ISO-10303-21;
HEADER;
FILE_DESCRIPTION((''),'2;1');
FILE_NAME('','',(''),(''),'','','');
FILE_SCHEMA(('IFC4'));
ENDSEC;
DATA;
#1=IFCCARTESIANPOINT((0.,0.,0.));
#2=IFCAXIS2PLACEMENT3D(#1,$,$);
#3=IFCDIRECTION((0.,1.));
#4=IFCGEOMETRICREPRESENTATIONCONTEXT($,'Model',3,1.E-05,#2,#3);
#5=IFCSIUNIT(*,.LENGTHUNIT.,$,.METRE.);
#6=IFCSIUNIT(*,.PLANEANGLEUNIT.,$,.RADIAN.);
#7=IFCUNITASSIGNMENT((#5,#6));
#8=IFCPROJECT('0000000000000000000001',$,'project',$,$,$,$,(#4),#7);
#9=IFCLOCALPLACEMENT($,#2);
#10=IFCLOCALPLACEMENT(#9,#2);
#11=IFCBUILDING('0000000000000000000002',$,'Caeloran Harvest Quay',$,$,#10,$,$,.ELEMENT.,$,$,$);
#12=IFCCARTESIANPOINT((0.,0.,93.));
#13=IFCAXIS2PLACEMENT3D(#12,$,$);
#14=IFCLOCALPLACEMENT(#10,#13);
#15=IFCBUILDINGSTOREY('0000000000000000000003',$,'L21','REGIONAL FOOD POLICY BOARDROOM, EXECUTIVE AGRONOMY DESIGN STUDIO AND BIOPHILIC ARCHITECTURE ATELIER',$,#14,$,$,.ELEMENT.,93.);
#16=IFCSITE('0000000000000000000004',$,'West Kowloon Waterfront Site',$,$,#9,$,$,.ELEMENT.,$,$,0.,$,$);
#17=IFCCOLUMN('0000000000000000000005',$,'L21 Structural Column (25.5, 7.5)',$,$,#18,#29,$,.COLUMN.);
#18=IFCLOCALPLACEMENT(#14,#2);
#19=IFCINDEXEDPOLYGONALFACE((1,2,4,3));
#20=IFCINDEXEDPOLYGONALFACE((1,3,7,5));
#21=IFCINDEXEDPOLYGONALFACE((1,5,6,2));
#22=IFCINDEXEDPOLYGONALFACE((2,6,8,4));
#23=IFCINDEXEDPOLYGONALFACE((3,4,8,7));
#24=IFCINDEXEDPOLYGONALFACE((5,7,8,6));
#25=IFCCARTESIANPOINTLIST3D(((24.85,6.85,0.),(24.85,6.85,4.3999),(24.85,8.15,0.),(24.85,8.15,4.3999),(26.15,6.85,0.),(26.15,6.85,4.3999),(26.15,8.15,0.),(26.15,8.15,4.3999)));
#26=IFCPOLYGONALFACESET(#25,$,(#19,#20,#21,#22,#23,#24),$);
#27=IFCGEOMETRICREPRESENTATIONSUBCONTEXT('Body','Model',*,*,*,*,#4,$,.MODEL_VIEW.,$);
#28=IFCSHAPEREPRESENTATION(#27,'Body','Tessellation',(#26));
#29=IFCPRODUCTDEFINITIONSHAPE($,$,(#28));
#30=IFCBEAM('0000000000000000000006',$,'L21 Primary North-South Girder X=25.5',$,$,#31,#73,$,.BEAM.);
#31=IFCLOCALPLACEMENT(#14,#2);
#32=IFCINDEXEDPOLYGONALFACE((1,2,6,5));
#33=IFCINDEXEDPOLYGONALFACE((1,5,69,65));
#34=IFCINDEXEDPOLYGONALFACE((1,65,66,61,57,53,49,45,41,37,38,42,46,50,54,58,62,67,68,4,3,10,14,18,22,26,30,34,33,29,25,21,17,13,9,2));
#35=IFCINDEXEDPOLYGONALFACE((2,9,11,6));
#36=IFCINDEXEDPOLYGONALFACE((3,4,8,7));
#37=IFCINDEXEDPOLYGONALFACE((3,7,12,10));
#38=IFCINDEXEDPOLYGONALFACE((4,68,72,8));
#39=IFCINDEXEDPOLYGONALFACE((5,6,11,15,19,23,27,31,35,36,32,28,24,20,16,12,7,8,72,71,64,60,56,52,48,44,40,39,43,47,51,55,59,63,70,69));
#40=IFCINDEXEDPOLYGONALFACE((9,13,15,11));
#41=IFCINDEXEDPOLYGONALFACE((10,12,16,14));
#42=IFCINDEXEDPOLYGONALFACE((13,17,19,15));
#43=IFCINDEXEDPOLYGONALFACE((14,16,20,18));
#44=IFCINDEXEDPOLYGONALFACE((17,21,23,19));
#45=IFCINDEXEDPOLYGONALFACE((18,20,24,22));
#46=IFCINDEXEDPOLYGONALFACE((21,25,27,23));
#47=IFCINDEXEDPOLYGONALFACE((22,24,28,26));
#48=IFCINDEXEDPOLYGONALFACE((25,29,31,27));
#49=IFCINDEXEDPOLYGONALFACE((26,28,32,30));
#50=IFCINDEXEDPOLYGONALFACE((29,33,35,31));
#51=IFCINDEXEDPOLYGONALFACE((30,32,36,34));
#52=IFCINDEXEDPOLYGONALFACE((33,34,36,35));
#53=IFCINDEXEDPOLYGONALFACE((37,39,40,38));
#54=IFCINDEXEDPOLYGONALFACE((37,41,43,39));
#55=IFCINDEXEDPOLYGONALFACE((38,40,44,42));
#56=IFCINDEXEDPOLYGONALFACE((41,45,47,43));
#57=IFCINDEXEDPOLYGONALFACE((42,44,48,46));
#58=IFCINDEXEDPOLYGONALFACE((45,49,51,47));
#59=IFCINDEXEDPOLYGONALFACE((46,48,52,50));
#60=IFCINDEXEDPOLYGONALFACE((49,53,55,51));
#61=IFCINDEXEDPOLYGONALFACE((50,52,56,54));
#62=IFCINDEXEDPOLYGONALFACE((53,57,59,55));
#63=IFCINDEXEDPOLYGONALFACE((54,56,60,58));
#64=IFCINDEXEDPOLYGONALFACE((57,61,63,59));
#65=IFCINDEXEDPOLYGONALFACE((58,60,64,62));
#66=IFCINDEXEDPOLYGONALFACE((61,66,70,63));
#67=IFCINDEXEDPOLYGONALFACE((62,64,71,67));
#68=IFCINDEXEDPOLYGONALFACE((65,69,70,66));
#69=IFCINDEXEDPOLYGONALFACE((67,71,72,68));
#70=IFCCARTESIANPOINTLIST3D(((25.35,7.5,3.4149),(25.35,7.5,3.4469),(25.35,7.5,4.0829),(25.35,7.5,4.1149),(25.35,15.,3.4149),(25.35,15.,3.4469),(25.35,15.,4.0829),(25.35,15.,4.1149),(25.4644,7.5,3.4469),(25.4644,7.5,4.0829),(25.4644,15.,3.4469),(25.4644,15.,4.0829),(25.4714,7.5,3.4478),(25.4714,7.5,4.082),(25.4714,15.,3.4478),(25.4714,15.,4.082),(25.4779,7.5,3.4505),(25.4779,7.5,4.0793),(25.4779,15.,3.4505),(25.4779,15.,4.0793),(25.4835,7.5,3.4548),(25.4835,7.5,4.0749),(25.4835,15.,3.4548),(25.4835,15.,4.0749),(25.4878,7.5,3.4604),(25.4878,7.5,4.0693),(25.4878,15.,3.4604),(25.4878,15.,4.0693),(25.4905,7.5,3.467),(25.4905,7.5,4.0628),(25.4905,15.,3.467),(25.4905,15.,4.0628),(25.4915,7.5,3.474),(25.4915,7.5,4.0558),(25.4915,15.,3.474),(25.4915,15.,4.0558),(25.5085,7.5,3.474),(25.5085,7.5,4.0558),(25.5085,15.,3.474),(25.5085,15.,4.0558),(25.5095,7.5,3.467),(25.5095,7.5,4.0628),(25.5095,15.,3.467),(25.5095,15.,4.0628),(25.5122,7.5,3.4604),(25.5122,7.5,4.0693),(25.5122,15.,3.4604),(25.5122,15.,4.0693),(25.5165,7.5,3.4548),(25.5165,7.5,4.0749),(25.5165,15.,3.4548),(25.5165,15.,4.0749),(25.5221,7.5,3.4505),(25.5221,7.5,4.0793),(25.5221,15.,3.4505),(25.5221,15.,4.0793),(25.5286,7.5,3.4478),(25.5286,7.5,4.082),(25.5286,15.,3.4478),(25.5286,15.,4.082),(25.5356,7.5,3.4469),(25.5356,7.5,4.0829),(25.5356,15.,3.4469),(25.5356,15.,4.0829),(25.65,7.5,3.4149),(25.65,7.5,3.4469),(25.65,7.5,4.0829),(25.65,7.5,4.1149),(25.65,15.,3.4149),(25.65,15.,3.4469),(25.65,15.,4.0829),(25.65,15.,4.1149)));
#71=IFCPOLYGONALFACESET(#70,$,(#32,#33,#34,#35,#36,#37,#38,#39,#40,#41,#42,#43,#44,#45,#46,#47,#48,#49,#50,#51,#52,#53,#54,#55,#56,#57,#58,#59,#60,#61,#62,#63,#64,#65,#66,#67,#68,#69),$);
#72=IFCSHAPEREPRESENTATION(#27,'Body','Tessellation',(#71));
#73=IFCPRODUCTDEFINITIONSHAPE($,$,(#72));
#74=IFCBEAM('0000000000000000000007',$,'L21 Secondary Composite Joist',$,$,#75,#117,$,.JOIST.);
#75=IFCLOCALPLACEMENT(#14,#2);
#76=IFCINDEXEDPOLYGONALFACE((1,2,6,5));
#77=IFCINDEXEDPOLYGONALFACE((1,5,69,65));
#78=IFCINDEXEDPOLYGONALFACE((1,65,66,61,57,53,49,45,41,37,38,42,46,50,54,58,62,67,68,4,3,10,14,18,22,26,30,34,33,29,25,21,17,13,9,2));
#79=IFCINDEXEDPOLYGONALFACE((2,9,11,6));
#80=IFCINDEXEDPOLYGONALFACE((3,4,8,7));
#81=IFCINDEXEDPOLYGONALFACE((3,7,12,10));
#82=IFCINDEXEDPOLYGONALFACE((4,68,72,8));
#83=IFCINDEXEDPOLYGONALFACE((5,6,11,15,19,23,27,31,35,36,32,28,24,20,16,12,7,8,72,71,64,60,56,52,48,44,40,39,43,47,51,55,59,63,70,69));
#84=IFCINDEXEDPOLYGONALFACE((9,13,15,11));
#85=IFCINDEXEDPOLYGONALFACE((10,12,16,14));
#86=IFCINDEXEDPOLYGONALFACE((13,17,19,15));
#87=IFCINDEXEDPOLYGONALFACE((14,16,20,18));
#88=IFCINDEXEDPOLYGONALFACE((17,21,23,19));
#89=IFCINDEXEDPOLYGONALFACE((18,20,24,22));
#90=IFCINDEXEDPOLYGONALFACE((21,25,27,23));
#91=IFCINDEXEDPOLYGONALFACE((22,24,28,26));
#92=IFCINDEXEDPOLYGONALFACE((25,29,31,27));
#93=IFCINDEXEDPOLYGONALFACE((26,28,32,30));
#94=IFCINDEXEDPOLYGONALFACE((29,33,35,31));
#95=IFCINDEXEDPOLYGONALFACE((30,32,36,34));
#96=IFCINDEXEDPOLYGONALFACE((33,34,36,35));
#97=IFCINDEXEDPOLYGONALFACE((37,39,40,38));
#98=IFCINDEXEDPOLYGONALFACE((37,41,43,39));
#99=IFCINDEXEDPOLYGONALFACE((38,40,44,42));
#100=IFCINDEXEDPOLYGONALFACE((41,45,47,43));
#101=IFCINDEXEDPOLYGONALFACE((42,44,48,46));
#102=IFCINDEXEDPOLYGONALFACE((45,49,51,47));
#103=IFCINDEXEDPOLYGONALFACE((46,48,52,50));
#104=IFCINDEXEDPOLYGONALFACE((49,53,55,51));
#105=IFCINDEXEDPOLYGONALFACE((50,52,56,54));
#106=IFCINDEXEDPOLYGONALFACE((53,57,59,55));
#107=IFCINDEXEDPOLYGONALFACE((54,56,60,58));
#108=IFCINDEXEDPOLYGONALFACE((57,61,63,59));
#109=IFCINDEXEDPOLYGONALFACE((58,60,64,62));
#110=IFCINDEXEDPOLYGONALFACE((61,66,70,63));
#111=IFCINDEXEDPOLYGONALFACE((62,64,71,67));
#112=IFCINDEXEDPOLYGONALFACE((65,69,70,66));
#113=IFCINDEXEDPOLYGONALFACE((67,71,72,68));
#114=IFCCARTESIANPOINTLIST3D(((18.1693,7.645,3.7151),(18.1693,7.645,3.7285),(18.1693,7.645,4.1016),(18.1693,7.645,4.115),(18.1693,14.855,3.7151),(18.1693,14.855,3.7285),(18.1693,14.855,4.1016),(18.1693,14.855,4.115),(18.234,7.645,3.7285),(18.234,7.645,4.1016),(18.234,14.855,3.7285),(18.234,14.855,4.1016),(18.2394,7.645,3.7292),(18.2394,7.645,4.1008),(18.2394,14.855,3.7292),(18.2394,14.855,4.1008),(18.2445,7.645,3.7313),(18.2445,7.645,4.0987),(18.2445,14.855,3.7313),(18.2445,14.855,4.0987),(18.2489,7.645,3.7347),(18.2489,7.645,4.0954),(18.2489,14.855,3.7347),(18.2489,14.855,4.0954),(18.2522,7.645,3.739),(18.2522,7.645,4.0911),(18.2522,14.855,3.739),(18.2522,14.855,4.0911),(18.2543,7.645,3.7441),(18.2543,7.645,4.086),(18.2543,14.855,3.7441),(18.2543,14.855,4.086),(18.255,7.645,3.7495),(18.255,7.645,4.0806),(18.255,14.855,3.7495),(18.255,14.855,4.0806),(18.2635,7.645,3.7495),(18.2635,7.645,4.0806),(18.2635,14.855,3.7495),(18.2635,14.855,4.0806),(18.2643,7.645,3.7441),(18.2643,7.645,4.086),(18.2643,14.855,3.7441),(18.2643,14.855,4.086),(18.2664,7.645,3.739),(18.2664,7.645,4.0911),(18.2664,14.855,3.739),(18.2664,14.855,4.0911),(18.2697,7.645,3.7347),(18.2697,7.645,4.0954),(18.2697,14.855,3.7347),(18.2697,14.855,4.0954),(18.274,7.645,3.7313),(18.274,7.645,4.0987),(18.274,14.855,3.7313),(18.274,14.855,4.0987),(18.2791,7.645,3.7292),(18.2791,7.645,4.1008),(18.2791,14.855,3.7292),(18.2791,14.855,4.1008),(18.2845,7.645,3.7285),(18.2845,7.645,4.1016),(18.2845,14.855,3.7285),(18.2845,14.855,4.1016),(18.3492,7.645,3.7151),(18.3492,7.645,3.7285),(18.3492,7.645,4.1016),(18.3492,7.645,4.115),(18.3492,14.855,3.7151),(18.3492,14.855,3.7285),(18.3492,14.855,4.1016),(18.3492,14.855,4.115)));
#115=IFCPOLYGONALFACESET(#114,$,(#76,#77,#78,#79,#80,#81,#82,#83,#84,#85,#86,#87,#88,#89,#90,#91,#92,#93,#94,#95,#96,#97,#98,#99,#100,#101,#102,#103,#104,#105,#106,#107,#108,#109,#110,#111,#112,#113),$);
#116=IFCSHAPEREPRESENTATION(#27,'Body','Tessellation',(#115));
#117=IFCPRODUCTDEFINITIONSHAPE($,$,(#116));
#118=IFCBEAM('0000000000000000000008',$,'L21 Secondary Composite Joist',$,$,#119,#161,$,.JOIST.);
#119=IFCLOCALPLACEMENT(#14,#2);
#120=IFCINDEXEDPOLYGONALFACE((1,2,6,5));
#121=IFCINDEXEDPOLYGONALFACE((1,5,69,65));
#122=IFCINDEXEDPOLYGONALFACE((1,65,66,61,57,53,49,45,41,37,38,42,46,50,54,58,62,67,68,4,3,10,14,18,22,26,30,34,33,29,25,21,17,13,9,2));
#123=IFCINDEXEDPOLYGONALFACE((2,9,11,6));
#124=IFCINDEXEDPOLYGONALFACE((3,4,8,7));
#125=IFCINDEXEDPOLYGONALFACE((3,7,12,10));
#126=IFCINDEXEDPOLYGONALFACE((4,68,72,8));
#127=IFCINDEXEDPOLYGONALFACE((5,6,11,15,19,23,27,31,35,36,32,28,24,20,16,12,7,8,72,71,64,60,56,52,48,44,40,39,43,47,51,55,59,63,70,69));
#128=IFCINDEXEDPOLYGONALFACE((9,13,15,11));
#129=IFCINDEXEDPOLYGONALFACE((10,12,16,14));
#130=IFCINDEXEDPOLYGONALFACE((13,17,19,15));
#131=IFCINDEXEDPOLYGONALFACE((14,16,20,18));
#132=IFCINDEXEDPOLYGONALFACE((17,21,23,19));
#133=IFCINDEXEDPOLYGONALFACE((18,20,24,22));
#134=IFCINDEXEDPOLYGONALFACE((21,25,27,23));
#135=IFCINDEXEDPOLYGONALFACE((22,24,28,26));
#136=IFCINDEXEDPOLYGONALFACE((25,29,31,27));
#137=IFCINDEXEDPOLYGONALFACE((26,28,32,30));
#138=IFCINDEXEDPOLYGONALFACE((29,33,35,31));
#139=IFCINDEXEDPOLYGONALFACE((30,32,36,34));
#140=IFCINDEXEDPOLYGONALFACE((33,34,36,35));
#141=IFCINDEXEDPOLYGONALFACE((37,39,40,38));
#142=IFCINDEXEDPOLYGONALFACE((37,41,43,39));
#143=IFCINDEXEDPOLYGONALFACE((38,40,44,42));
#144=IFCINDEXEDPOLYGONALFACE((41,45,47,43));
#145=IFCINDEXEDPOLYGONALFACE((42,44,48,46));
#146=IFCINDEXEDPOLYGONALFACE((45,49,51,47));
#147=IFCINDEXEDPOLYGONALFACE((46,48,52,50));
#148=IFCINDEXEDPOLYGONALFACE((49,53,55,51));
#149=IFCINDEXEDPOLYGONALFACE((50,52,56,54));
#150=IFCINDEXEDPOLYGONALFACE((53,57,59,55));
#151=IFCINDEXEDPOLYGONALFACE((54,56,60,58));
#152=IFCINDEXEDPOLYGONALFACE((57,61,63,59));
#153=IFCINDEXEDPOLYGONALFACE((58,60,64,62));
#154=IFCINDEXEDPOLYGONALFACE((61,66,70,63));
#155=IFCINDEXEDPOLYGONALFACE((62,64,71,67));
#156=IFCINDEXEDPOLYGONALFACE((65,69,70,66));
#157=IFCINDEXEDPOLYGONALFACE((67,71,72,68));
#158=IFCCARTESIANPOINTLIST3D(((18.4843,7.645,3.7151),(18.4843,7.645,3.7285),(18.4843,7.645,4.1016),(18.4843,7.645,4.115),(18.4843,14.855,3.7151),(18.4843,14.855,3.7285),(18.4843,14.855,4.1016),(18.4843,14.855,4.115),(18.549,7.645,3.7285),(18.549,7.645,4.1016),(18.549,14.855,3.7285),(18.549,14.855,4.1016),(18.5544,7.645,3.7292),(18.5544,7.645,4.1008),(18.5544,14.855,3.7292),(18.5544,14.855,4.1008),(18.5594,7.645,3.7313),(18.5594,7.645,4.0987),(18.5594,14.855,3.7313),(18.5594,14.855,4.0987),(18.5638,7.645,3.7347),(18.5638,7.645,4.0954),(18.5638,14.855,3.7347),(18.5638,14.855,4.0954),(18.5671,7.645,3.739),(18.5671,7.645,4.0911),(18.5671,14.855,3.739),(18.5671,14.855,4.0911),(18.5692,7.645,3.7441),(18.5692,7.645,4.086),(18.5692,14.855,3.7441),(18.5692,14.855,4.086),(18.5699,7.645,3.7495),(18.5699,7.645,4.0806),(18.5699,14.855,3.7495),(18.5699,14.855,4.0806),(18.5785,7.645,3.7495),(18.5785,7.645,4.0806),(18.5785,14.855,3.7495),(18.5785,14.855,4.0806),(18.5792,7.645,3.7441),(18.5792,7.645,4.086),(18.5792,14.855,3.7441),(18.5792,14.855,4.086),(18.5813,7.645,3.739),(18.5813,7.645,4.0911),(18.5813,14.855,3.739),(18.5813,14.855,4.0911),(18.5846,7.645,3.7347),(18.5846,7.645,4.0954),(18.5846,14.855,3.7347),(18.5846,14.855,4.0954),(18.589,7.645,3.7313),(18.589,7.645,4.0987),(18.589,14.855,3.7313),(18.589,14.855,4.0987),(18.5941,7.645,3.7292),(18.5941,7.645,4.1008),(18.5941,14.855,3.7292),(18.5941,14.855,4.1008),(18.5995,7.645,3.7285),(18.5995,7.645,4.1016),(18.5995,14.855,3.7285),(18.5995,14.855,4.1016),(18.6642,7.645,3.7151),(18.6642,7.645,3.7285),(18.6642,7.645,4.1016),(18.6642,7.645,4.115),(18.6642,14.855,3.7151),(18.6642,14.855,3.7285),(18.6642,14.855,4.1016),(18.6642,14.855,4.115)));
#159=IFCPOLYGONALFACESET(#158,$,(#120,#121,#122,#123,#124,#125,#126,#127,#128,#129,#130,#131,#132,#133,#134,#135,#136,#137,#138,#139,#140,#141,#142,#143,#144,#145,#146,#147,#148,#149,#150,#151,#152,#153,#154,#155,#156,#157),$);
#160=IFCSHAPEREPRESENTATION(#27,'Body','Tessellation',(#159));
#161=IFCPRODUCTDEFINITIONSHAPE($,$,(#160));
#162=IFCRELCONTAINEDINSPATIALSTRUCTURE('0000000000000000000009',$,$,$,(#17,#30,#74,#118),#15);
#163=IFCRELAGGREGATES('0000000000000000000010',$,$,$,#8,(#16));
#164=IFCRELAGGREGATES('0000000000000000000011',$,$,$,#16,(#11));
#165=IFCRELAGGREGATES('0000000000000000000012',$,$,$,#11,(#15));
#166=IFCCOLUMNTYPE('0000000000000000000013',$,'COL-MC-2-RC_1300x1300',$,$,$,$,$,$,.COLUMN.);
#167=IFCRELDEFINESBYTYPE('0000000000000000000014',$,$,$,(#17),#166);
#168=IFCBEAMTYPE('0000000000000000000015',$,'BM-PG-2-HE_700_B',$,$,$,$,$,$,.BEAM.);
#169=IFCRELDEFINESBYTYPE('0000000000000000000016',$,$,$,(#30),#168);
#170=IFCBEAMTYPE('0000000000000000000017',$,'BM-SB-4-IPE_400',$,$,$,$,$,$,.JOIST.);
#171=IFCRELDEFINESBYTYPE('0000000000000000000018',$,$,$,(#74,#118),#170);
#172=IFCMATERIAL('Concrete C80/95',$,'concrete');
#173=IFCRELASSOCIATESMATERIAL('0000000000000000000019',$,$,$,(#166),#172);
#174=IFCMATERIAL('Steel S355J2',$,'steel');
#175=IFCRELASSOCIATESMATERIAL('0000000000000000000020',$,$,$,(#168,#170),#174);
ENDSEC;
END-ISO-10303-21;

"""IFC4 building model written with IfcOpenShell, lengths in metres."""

from ifc_helpers import new_model, si_unit, direction, frame, origin, origin_2d, place, context, subcontext, project, spatial, rectangle, i_section, extrude, material, material_profile, profile_set, type_object, element, save


model = new_model("IFC4")

# Units and contexts
model_context = context("Model", 3, precision=1e-05, world=origin(), true_north=direction((0.0, 1.0)))
body_context = subcontext(model_context, "Body", "Model", "MODEL_VIEW")
ifc_project = project(units=[si_unit("LENGTHUNIT", "METRE"), si_unit("PLANEANGLEUNIT", "RADIAN")], contexts=[model_context])

# Site, building, storey
site_placement = place(None, origin())
site = spatial("IfcSite", under=ifc_project, at=site_placement, Name="West Kowloon Waterfront Site", CompositionType="ELEMENT", RefElevation=0.0)
building_placement = place(site_placement, origin())
building = spatial("IfcBuilding", under=site, at=building_placement, Name="Caeloran Harvest Quay", CompositionType="ELEMENT")
storey_placement = place(building_placement, frame((0.0, 0.0, 93.0)))
storey = spatial("IfcBuildingStorey", under=building, at=storey_placement, Name="L21", Description="REGIONAL FOOD POLICY BOARDROOM, EXECUTIVE AGRONOMY DESIGN STUDIO AND BIOPHILIC ARCHITECTURE ATELIER", CompositionType="ELEMENT", Elevation=93.0)

# Column
ifc_material_1 = material(Name="Concrete C80/95", Category="concrete")
ifc_material_profile_1 = material_profile(ifc_material_1, rectangle(XDim=1.3, YDim=1.3, at=origin_2d()), Name="RC 1300x1300")
ifc_profile_set_1 = profile_set([ifc_material_profile_1], Name="Concrete C80/95")
column_type = type_object("IfcColumnType", Name="COL-MC-2-RC_1300x1300", PredefinedType="COLUMN", material=ifc_profile_set_1)
column_placement = place(storey_placement, frame((25.5, 7.5, 0.0), z_axis=(0.0, 0.0, 1.0), x_axis=(1.0, 0.0, 0.0)))
element("IfcColumn", 1, at=column_placement, inside=storey, type_object=column_type, Name="L21 Structural Column (25.5, 7.5)", PredefinedType="COLUMN", context=body_context, shape_type="SweptSolid", body=[
    extrude(rectangle(XDim=1.3, YDim=1.3, at=origin_2d()), origin(), (0.0, 0.0, 1.0), 4.3999),
])

# Beams
ifc_material_2 = material(Name="Steel S355J2", Category="steel")
ifc_material_profile_2 = material_profile(ifc_material_2, i_section(OverallWidth=0.3, OverallDepth=0.7, WebThickness=0.0171, FlangeThickness=0.032, FilletRadius=0.0271, at=origin_2d()), Name="HE 700 B")
ifc_profile_set_2 = profile_set([ifc_material_profile_2], Name="Steel S355J2")
beam_type_1 = type_object("IfcBeamType", Name="BM-PG-2-HE_700_B", PredefinedType="BEAM", material=ifc_profile_set_2)
beam_placement = place(storey_placement, frame((25.5, 7.5, 3.7649), z_axis=(0.0, 1.0, 0.0), x_axis=(-1.0, 0.0, 0.0)))
element("IfcBeam", 2, at=beam_placement, inside=storey, type_object=beam_type_1, Name="L21 Primary North-South Girder X=25.5", PredefinedType="BEAM", context=body_context, shape_type="SweptSolid", body=[
    extrude(i_section(OverallWidth=0.3, OverallDepth=0.7, WebThickness=0.0171, FlangeThickness=0.032, FilletRadius=0.0271, at=origin_2d()), origin(), (0.0, 0.0, 1.0), 7.5),
])
ifc_material_profile_3 = material_profile(ifc_material_2, i_section(OverallWidth=0.1799, OverallDepth=0.3999, WebThickness=0.0085, FlangeThickness=0.0134, FilletRadius=0.021, at=origin_2d()), Name="IPE 400")
ifc_profile_set_3 = profile_set([ifc_material_profile_3], Name="Steel S355J2")
beam_type_2 = type_object("IfcBeamType", Name="BM-SB-4-IPE_400", PredefinedType="JOIST", material=ifc_profile_set_3)
for number, where, z_axis, x_axis, name in (
    (3, (18.2593, 7.645, 3.915), (0.0, 1.0, 0.0), (-1.0, 0.0, 0.0), "L21 Secondary Composite Joist"),
    (4, (18.5742, 7.645, 3.915), (0.0, 1.0, 0.0), (-1.0, 0.0, 0.0), "L21 Secondary Composite Joist"),
):
    element("IfcBeam", number, at=place(storey_placement, frame(where, z_axis=z_axis, x_axis=x_axis)), inside=storey, type_object=beam_type_2, Name=name, PredefinedType="JOIST", context=body_context, shape_type="SweptSolid", body=[
        extrude(i_section(OverallWidth=0.1799, OverallDepth=0.3999, WebThickness=0.0085, FlangeThickness=0.0134, FilletRadius=0.021, at=origin_2d()), origin(), (0.0, 0.0, 1.0), 7.21),
    ])

save(model, "model.ifc")
